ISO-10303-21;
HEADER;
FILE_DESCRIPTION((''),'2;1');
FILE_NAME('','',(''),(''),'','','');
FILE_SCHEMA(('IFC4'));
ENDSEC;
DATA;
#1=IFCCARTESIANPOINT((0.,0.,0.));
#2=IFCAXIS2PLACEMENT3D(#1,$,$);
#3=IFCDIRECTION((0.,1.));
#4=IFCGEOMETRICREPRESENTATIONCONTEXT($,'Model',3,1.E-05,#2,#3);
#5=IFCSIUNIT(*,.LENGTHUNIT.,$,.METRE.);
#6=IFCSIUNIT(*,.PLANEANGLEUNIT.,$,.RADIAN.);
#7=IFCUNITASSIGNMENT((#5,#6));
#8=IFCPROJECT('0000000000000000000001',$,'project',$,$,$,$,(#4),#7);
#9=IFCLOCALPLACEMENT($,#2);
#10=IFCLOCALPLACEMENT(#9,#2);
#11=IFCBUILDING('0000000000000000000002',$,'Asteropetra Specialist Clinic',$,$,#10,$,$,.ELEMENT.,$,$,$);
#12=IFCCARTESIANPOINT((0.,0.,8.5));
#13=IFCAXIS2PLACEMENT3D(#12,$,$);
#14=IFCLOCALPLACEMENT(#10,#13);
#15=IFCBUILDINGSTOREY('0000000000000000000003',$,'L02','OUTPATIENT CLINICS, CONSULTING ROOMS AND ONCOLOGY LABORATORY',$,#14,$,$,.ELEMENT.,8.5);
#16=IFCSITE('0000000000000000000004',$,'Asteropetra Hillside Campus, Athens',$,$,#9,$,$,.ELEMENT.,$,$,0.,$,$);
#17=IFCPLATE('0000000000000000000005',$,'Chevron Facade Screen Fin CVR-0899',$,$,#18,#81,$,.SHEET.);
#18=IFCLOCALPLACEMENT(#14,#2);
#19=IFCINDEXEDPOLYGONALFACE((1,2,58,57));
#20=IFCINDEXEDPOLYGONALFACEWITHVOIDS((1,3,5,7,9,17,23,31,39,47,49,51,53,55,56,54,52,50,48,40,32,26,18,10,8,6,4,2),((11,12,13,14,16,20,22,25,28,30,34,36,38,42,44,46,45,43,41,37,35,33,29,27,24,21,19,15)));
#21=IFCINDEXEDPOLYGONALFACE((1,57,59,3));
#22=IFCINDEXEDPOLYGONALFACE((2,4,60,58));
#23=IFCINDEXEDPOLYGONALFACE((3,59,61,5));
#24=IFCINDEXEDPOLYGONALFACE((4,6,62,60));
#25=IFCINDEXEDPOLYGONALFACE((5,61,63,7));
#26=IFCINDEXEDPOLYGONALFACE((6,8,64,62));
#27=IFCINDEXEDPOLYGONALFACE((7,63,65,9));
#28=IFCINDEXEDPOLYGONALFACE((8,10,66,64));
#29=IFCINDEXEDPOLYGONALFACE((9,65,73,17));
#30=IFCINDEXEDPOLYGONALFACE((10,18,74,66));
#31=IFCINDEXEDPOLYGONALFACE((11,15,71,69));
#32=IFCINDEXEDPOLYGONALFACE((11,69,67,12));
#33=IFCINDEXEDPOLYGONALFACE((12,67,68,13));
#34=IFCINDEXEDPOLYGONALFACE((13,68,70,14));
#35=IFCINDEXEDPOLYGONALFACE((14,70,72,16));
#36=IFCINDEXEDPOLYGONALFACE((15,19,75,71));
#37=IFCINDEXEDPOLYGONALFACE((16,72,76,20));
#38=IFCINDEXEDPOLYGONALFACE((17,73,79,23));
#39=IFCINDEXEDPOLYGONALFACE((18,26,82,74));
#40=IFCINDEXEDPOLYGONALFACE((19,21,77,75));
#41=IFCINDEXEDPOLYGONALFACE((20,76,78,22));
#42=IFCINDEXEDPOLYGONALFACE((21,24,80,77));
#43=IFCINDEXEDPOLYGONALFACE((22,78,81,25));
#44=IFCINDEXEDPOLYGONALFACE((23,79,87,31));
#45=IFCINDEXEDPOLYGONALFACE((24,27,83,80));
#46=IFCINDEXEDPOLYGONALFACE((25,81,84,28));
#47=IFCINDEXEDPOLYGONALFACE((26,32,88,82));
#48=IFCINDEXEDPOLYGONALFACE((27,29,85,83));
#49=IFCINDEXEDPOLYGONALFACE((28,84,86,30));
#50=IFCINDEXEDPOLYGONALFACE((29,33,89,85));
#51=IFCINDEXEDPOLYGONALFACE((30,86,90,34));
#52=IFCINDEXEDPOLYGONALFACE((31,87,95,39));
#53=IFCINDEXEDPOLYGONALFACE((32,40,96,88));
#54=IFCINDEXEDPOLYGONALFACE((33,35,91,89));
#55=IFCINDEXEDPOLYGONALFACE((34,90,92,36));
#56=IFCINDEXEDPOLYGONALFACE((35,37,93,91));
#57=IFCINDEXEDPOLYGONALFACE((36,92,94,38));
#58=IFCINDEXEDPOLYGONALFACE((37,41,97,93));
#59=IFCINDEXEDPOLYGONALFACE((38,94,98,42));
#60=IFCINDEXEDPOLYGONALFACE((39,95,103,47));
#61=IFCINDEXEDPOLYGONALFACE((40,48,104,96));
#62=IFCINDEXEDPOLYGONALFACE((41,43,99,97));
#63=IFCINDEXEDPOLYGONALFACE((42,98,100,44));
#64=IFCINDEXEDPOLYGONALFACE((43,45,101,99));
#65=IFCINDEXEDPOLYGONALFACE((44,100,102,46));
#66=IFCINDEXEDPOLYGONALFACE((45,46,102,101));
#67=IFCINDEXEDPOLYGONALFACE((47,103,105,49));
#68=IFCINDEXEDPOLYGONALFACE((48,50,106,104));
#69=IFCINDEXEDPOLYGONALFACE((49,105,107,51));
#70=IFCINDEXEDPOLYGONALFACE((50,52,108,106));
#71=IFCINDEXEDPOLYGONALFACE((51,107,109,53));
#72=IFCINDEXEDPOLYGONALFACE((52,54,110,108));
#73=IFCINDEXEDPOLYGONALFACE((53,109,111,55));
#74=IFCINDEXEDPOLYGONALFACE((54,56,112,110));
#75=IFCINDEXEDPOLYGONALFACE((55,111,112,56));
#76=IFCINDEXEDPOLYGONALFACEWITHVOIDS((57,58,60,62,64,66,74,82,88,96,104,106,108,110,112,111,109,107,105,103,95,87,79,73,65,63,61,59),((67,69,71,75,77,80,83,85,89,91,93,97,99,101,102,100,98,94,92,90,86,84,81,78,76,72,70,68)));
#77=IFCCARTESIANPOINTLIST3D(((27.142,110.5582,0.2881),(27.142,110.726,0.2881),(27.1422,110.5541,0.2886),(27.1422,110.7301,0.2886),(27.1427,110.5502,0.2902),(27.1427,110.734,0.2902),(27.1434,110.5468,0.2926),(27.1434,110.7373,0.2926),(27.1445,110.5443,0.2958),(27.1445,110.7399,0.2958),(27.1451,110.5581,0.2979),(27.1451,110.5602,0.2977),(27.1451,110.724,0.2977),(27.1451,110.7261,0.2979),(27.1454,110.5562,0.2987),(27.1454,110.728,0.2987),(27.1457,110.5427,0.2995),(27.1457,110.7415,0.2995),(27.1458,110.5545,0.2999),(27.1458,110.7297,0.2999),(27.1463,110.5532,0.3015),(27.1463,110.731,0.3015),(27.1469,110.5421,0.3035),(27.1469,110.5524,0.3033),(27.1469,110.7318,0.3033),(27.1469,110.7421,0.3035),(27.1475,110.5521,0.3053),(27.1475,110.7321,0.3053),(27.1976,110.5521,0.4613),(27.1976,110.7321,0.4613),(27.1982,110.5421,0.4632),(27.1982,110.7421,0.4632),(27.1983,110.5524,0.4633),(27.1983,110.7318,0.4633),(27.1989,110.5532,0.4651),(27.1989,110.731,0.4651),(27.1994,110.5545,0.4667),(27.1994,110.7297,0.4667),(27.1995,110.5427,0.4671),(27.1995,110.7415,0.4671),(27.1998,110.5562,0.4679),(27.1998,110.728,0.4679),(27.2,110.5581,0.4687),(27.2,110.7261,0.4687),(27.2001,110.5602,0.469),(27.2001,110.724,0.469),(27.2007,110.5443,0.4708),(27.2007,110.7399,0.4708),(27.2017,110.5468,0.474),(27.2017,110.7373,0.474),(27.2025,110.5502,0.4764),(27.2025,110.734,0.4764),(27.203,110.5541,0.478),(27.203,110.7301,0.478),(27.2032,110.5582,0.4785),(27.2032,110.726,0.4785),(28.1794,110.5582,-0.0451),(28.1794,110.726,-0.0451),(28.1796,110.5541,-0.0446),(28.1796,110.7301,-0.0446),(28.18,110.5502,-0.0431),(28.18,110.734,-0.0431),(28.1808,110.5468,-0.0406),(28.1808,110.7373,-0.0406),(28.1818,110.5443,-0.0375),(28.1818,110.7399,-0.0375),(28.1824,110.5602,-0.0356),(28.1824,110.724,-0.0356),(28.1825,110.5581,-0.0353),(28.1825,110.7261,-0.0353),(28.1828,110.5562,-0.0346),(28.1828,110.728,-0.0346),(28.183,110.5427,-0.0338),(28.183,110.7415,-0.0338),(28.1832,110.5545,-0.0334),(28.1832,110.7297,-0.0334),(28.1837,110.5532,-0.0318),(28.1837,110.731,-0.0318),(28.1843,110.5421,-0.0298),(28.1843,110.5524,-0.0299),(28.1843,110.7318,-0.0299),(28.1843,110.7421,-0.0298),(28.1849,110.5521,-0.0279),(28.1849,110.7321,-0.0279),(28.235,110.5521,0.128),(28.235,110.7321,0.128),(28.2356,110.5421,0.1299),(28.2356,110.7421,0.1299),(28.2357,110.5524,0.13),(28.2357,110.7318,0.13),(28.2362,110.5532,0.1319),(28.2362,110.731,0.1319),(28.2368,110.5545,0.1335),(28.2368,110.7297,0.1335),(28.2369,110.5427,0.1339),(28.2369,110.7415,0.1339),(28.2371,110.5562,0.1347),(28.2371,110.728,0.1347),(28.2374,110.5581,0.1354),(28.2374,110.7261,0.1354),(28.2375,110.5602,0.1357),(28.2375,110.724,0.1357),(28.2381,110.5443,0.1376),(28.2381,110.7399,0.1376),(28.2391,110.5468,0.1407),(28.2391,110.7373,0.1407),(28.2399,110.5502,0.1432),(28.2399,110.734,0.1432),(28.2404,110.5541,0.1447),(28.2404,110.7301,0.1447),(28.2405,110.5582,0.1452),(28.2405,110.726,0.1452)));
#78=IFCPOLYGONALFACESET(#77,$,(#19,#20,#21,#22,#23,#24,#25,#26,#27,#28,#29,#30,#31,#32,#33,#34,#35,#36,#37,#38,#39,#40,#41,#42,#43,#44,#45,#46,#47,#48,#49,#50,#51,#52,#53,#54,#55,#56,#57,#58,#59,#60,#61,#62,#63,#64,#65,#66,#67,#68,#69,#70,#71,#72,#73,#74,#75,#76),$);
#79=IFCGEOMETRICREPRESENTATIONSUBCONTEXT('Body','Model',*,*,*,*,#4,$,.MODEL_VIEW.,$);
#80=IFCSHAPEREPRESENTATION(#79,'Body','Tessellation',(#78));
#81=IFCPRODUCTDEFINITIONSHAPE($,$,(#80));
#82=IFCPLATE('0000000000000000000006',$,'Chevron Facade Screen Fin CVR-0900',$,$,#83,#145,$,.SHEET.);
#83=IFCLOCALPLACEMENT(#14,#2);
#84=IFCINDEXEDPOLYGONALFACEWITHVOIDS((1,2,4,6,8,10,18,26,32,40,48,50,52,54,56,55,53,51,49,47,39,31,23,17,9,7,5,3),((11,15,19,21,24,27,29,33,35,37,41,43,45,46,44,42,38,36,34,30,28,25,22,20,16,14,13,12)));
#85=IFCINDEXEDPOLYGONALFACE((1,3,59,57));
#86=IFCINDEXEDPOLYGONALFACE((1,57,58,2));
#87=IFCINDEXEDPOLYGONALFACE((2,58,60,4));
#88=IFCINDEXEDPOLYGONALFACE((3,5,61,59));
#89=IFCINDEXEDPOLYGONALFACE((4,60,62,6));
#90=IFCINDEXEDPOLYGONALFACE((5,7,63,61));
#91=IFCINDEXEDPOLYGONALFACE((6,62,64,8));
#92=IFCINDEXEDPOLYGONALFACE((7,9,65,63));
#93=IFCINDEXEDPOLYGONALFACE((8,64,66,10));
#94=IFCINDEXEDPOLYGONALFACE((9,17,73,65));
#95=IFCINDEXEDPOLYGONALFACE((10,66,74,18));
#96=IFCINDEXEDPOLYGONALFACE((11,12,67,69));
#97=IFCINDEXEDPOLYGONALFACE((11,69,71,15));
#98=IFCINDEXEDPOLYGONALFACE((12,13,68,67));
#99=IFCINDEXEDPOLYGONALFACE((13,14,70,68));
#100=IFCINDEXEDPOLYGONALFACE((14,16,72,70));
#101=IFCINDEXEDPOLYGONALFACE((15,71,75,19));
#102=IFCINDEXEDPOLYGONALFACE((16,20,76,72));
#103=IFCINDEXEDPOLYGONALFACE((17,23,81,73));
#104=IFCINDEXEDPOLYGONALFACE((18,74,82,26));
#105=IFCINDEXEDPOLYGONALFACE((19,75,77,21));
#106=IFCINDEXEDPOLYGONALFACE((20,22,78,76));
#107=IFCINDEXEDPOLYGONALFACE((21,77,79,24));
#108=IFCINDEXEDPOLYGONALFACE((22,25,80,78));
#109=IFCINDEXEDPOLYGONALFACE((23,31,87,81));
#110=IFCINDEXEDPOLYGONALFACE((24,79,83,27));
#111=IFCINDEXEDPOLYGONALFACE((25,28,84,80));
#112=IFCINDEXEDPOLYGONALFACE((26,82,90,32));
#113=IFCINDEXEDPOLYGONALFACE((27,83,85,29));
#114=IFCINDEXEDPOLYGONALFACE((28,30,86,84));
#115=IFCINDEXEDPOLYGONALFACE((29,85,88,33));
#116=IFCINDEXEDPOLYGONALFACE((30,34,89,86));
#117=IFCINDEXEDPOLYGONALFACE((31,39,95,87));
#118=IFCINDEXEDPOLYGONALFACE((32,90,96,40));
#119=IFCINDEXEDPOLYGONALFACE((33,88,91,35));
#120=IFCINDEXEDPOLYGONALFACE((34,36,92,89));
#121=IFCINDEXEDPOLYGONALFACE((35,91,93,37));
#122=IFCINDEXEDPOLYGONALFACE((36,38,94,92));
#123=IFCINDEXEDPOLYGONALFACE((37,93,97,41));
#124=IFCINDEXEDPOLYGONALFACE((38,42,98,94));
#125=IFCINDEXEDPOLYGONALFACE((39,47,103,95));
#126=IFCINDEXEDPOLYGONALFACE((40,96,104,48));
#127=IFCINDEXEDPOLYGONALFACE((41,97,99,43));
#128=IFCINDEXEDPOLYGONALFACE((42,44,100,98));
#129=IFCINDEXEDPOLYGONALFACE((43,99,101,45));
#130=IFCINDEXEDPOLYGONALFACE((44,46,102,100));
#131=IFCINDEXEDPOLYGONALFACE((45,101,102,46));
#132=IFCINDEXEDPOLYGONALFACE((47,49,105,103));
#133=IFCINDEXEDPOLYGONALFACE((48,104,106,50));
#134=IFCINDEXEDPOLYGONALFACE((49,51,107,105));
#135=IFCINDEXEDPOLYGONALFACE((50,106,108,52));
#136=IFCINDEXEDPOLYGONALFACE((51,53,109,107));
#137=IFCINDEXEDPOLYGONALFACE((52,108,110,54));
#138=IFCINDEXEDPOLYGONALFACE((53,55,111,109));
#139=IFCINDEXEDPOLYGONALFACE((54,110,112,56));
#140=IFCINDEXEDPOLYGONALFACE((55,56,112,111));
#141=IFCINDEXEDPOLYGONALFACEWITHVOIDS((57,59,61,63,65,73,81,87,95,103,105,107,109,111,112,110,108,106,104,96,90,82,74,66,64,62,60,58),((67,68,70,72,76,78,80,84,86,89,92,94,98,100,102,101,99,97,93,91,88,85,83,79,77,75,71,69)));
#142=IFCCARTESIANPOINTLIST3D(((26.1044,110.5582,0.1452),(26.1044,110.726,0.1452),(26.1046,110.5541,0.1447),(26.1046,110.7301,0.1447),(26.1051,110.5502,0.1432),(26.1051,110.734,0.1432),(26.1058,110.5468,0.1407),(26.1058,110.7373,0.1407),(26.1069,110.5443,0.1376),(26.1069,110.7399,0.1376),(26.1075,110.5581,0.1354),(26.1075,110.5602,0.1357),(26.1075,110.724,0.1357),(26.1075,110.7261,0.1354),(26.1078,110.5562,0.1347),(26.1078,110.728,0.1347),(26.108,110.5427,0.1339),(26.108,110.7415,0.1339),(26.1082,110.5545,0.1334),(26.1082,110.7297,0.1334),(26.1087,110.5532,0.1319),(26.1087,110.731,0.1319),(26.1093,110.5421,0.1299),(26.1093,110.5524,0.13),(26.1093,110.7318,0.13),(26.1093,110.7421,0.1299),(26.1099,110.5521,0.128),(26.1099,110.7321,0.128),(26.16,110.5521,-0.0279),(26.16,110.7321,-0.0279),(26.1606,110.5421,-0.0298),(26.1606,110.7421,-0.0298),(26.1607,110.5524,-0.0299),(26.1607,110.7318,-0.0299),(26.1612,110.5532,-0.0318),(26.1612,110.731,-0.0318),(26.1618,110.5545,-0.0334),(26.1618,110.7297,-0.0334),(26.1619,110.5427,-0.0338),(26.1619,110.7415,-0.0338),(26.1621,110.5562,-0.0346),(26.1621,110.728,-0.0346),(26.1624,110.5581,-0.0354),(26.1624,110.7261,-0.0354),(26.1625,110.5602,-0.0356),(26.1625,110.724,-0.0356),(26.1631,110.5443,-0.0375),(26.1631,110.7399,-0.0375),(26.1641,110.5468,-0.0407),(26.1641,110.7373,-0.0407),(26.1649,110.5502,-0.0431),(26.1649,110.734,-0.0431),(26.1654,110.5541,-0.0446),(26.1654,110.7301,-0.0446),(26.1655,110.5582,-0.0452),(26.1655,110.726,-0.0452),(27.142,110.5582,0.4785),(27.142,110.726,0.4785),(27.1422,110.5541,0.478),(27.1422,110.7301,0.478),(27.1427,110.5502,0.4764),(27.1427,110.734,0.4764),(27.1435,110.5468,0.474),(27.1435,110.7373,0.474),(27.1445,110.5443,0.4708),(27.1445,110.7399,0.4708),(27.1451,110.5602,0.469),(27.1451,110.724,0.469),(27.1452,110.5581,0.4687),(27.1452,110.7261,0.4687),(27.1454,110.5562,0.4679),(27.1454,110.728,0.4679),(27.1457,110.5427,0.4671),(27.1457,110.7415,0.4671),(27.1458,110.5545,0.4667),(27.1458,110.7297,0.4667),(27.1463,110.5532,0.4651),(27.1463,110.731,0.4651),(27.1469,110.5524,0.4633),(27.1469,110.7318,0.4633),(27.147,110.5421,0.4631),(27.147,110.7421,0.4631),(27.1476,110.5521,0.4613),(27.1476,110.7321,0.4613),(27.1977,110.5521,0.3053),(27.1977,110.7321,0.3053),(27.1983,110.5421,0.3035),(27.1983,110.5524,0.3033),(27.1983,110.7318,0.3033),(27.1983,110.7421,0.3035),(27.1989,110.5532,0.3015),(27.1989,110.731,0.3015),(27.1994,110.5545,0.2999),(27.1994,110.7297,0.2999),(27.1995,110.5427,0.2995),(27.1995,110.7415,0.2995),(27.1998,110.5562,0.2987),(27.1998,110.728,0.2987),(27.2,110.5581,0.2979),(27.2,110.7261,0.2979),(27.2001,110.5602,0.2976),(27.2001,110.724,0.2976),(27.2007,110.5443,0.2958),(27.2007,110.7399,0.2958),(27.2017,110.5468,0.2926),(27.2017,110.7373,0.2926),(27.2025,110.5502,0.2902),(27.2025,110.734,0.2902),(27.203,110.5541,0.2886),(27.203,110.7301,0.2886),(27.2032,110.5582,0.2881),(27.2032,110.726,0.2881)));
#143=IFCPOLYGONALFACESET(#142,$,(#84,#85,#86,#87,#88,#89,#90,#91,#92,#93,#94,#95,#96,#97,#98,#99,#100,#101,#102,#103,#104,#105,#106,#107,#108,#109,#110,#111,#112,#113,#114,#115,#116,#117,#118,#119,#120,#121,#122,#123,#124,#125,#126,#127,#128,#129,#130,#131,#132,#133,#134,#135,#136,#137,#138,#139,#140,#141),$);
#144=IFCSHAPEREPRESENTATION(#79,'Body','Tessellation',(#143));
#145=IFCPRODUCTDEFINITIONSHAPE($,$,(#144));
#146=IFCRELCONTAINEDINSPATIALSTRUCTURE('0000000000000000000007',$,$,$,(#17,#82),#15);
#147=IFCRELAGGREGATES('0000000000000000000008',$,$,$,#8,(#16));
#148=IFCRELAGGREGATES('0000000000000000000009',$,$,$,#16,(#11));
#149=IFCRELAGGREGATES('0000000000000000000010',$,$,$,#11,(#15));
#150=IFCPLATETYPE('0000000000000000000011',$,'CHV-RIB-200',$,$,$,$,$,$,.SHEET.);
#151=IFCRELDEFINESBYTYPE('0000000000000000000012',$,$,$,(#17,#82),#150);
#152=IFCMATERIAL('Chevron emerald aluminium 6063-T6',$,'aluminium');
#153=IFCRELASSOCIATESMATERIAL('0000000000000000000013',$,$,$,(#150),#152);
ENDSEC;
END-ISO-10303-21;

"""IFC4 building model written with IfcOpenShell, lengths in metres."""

from ifc_helpers import new_model, si_unit, direction, frame, origin, origin_2d, place, context, subcontext, project, spatial, hollow_rectangle, extrude, material, material_profile, profile_set, type_object, element, save


model = new_model("IFC4")

# Units and contexts
model_context = context("Model", 3, precision=1e-05, world=origin(), true_north=direction((0.0, 1.0)))
body_context = subcontext(model_context, "Body", "Model", "MODEL_VIEW")
ifc_project = project(units=[si_unit("LENGTHUNIT", "METRE"), si_unit("PLANEANGLEUNIT", "RADIAN")], contexts=[model_context])

# Site, building, storey
site_placement = place(None, origin())
site = spatial("IfcSite", under=ifc_project, at=site_placement, Name="Asteropetra Hillside Campus, Athens", CompositionType="ELEMENT", RefElevation=0.0)
building_placement = place(site_placement, origin())
building = spatial("IfcBuilding", under=site, at=building_placement, Name="Asteropetra Specialist Clinic", CompositionType="ELEMENT")
storey_placement = place(building_placement, frame((0.0, 0.0, 8.5)))
storey = spatial("IfcBuildingStorey", under=building, at=storey_placement, Name="L02", Description="OUTPATIENT CLINICS, CONSULTING ROOMS AND ONCOLOGY LABORATORY", CompositionType="ELEMENT", Elevation=8.5)

# Plates
ifc_material_1 = material(Name="Chevron emerald aluminium 6063-T6", Category="aluminium")
ifc_material_profile = material_profile(ifc_material_1, hollow_rectangle(XDim=0.2, YDim=0.2, WallThickness=0.01, InnerFilletRadius=0.0081, OuterFilletRadius=0.0161, at=origin_2d()), Name="SHS 200x200x10.0")
ifc_profile_set = profile_set([ifc_material_profile], Name="Chevron emerald aluminium 6063-T6")
plate_type_1 = type_object("IfcPlateType", Name="CHV-RIB-200", PredefinedType="SHEET", material=ifc_profile_set)
plate_1_placement = place(storey_placement, frame((28.21, 110.6421, 0.05), z_axis=(-0.952078, 0.0, 0.305857), x_axis=(0.0, -1.0, 0.0)))
element("IfcPlate", 1, at=plate_1_placement, inside=storey, type_object=plate_type_1, Name="Chevron Facade Screen Fin CVR-0899", PredefinedType="SHEET", context=body_context, shape_type="SweptSolid", body=[
    extrude(hollow_rectangle(XDim=0.2, YDim=0.2, WallThickness=0.01, InnerFilletRadius=0.0081, OuterFilletRadius=0.0161, at=origin_2d()), origin(), (0.0, 0.0, 1.0), 1.0896),
])
plate_2_placement = place(storey_placement, frame((27.1726, 110.6421, 0.3833), z_axis=(-0.952098, 0.0, -0.305792), x_axis=(0.0, -1.0, 0.0)))
element("IfcPlate", 2, at=plate_2_placement, inside=storey, type_object=plate_type_1, Name="Chevron Facade Screen Fin CVR-0900", PredefinedType="SHEET", context=body_context, shape_type="SweptSolid", body=[
    extrude(hollow_rectangle(XDim=0.2, YDim=0.2, WallThickness=0.01, InnerFilletRadius=0.0081, OuterFilletRadius=0.0161, at=origin_2d()), origin(), (0.0, 0.0, 1.0), 1.0898),
])

save(model, "model.ifc")
